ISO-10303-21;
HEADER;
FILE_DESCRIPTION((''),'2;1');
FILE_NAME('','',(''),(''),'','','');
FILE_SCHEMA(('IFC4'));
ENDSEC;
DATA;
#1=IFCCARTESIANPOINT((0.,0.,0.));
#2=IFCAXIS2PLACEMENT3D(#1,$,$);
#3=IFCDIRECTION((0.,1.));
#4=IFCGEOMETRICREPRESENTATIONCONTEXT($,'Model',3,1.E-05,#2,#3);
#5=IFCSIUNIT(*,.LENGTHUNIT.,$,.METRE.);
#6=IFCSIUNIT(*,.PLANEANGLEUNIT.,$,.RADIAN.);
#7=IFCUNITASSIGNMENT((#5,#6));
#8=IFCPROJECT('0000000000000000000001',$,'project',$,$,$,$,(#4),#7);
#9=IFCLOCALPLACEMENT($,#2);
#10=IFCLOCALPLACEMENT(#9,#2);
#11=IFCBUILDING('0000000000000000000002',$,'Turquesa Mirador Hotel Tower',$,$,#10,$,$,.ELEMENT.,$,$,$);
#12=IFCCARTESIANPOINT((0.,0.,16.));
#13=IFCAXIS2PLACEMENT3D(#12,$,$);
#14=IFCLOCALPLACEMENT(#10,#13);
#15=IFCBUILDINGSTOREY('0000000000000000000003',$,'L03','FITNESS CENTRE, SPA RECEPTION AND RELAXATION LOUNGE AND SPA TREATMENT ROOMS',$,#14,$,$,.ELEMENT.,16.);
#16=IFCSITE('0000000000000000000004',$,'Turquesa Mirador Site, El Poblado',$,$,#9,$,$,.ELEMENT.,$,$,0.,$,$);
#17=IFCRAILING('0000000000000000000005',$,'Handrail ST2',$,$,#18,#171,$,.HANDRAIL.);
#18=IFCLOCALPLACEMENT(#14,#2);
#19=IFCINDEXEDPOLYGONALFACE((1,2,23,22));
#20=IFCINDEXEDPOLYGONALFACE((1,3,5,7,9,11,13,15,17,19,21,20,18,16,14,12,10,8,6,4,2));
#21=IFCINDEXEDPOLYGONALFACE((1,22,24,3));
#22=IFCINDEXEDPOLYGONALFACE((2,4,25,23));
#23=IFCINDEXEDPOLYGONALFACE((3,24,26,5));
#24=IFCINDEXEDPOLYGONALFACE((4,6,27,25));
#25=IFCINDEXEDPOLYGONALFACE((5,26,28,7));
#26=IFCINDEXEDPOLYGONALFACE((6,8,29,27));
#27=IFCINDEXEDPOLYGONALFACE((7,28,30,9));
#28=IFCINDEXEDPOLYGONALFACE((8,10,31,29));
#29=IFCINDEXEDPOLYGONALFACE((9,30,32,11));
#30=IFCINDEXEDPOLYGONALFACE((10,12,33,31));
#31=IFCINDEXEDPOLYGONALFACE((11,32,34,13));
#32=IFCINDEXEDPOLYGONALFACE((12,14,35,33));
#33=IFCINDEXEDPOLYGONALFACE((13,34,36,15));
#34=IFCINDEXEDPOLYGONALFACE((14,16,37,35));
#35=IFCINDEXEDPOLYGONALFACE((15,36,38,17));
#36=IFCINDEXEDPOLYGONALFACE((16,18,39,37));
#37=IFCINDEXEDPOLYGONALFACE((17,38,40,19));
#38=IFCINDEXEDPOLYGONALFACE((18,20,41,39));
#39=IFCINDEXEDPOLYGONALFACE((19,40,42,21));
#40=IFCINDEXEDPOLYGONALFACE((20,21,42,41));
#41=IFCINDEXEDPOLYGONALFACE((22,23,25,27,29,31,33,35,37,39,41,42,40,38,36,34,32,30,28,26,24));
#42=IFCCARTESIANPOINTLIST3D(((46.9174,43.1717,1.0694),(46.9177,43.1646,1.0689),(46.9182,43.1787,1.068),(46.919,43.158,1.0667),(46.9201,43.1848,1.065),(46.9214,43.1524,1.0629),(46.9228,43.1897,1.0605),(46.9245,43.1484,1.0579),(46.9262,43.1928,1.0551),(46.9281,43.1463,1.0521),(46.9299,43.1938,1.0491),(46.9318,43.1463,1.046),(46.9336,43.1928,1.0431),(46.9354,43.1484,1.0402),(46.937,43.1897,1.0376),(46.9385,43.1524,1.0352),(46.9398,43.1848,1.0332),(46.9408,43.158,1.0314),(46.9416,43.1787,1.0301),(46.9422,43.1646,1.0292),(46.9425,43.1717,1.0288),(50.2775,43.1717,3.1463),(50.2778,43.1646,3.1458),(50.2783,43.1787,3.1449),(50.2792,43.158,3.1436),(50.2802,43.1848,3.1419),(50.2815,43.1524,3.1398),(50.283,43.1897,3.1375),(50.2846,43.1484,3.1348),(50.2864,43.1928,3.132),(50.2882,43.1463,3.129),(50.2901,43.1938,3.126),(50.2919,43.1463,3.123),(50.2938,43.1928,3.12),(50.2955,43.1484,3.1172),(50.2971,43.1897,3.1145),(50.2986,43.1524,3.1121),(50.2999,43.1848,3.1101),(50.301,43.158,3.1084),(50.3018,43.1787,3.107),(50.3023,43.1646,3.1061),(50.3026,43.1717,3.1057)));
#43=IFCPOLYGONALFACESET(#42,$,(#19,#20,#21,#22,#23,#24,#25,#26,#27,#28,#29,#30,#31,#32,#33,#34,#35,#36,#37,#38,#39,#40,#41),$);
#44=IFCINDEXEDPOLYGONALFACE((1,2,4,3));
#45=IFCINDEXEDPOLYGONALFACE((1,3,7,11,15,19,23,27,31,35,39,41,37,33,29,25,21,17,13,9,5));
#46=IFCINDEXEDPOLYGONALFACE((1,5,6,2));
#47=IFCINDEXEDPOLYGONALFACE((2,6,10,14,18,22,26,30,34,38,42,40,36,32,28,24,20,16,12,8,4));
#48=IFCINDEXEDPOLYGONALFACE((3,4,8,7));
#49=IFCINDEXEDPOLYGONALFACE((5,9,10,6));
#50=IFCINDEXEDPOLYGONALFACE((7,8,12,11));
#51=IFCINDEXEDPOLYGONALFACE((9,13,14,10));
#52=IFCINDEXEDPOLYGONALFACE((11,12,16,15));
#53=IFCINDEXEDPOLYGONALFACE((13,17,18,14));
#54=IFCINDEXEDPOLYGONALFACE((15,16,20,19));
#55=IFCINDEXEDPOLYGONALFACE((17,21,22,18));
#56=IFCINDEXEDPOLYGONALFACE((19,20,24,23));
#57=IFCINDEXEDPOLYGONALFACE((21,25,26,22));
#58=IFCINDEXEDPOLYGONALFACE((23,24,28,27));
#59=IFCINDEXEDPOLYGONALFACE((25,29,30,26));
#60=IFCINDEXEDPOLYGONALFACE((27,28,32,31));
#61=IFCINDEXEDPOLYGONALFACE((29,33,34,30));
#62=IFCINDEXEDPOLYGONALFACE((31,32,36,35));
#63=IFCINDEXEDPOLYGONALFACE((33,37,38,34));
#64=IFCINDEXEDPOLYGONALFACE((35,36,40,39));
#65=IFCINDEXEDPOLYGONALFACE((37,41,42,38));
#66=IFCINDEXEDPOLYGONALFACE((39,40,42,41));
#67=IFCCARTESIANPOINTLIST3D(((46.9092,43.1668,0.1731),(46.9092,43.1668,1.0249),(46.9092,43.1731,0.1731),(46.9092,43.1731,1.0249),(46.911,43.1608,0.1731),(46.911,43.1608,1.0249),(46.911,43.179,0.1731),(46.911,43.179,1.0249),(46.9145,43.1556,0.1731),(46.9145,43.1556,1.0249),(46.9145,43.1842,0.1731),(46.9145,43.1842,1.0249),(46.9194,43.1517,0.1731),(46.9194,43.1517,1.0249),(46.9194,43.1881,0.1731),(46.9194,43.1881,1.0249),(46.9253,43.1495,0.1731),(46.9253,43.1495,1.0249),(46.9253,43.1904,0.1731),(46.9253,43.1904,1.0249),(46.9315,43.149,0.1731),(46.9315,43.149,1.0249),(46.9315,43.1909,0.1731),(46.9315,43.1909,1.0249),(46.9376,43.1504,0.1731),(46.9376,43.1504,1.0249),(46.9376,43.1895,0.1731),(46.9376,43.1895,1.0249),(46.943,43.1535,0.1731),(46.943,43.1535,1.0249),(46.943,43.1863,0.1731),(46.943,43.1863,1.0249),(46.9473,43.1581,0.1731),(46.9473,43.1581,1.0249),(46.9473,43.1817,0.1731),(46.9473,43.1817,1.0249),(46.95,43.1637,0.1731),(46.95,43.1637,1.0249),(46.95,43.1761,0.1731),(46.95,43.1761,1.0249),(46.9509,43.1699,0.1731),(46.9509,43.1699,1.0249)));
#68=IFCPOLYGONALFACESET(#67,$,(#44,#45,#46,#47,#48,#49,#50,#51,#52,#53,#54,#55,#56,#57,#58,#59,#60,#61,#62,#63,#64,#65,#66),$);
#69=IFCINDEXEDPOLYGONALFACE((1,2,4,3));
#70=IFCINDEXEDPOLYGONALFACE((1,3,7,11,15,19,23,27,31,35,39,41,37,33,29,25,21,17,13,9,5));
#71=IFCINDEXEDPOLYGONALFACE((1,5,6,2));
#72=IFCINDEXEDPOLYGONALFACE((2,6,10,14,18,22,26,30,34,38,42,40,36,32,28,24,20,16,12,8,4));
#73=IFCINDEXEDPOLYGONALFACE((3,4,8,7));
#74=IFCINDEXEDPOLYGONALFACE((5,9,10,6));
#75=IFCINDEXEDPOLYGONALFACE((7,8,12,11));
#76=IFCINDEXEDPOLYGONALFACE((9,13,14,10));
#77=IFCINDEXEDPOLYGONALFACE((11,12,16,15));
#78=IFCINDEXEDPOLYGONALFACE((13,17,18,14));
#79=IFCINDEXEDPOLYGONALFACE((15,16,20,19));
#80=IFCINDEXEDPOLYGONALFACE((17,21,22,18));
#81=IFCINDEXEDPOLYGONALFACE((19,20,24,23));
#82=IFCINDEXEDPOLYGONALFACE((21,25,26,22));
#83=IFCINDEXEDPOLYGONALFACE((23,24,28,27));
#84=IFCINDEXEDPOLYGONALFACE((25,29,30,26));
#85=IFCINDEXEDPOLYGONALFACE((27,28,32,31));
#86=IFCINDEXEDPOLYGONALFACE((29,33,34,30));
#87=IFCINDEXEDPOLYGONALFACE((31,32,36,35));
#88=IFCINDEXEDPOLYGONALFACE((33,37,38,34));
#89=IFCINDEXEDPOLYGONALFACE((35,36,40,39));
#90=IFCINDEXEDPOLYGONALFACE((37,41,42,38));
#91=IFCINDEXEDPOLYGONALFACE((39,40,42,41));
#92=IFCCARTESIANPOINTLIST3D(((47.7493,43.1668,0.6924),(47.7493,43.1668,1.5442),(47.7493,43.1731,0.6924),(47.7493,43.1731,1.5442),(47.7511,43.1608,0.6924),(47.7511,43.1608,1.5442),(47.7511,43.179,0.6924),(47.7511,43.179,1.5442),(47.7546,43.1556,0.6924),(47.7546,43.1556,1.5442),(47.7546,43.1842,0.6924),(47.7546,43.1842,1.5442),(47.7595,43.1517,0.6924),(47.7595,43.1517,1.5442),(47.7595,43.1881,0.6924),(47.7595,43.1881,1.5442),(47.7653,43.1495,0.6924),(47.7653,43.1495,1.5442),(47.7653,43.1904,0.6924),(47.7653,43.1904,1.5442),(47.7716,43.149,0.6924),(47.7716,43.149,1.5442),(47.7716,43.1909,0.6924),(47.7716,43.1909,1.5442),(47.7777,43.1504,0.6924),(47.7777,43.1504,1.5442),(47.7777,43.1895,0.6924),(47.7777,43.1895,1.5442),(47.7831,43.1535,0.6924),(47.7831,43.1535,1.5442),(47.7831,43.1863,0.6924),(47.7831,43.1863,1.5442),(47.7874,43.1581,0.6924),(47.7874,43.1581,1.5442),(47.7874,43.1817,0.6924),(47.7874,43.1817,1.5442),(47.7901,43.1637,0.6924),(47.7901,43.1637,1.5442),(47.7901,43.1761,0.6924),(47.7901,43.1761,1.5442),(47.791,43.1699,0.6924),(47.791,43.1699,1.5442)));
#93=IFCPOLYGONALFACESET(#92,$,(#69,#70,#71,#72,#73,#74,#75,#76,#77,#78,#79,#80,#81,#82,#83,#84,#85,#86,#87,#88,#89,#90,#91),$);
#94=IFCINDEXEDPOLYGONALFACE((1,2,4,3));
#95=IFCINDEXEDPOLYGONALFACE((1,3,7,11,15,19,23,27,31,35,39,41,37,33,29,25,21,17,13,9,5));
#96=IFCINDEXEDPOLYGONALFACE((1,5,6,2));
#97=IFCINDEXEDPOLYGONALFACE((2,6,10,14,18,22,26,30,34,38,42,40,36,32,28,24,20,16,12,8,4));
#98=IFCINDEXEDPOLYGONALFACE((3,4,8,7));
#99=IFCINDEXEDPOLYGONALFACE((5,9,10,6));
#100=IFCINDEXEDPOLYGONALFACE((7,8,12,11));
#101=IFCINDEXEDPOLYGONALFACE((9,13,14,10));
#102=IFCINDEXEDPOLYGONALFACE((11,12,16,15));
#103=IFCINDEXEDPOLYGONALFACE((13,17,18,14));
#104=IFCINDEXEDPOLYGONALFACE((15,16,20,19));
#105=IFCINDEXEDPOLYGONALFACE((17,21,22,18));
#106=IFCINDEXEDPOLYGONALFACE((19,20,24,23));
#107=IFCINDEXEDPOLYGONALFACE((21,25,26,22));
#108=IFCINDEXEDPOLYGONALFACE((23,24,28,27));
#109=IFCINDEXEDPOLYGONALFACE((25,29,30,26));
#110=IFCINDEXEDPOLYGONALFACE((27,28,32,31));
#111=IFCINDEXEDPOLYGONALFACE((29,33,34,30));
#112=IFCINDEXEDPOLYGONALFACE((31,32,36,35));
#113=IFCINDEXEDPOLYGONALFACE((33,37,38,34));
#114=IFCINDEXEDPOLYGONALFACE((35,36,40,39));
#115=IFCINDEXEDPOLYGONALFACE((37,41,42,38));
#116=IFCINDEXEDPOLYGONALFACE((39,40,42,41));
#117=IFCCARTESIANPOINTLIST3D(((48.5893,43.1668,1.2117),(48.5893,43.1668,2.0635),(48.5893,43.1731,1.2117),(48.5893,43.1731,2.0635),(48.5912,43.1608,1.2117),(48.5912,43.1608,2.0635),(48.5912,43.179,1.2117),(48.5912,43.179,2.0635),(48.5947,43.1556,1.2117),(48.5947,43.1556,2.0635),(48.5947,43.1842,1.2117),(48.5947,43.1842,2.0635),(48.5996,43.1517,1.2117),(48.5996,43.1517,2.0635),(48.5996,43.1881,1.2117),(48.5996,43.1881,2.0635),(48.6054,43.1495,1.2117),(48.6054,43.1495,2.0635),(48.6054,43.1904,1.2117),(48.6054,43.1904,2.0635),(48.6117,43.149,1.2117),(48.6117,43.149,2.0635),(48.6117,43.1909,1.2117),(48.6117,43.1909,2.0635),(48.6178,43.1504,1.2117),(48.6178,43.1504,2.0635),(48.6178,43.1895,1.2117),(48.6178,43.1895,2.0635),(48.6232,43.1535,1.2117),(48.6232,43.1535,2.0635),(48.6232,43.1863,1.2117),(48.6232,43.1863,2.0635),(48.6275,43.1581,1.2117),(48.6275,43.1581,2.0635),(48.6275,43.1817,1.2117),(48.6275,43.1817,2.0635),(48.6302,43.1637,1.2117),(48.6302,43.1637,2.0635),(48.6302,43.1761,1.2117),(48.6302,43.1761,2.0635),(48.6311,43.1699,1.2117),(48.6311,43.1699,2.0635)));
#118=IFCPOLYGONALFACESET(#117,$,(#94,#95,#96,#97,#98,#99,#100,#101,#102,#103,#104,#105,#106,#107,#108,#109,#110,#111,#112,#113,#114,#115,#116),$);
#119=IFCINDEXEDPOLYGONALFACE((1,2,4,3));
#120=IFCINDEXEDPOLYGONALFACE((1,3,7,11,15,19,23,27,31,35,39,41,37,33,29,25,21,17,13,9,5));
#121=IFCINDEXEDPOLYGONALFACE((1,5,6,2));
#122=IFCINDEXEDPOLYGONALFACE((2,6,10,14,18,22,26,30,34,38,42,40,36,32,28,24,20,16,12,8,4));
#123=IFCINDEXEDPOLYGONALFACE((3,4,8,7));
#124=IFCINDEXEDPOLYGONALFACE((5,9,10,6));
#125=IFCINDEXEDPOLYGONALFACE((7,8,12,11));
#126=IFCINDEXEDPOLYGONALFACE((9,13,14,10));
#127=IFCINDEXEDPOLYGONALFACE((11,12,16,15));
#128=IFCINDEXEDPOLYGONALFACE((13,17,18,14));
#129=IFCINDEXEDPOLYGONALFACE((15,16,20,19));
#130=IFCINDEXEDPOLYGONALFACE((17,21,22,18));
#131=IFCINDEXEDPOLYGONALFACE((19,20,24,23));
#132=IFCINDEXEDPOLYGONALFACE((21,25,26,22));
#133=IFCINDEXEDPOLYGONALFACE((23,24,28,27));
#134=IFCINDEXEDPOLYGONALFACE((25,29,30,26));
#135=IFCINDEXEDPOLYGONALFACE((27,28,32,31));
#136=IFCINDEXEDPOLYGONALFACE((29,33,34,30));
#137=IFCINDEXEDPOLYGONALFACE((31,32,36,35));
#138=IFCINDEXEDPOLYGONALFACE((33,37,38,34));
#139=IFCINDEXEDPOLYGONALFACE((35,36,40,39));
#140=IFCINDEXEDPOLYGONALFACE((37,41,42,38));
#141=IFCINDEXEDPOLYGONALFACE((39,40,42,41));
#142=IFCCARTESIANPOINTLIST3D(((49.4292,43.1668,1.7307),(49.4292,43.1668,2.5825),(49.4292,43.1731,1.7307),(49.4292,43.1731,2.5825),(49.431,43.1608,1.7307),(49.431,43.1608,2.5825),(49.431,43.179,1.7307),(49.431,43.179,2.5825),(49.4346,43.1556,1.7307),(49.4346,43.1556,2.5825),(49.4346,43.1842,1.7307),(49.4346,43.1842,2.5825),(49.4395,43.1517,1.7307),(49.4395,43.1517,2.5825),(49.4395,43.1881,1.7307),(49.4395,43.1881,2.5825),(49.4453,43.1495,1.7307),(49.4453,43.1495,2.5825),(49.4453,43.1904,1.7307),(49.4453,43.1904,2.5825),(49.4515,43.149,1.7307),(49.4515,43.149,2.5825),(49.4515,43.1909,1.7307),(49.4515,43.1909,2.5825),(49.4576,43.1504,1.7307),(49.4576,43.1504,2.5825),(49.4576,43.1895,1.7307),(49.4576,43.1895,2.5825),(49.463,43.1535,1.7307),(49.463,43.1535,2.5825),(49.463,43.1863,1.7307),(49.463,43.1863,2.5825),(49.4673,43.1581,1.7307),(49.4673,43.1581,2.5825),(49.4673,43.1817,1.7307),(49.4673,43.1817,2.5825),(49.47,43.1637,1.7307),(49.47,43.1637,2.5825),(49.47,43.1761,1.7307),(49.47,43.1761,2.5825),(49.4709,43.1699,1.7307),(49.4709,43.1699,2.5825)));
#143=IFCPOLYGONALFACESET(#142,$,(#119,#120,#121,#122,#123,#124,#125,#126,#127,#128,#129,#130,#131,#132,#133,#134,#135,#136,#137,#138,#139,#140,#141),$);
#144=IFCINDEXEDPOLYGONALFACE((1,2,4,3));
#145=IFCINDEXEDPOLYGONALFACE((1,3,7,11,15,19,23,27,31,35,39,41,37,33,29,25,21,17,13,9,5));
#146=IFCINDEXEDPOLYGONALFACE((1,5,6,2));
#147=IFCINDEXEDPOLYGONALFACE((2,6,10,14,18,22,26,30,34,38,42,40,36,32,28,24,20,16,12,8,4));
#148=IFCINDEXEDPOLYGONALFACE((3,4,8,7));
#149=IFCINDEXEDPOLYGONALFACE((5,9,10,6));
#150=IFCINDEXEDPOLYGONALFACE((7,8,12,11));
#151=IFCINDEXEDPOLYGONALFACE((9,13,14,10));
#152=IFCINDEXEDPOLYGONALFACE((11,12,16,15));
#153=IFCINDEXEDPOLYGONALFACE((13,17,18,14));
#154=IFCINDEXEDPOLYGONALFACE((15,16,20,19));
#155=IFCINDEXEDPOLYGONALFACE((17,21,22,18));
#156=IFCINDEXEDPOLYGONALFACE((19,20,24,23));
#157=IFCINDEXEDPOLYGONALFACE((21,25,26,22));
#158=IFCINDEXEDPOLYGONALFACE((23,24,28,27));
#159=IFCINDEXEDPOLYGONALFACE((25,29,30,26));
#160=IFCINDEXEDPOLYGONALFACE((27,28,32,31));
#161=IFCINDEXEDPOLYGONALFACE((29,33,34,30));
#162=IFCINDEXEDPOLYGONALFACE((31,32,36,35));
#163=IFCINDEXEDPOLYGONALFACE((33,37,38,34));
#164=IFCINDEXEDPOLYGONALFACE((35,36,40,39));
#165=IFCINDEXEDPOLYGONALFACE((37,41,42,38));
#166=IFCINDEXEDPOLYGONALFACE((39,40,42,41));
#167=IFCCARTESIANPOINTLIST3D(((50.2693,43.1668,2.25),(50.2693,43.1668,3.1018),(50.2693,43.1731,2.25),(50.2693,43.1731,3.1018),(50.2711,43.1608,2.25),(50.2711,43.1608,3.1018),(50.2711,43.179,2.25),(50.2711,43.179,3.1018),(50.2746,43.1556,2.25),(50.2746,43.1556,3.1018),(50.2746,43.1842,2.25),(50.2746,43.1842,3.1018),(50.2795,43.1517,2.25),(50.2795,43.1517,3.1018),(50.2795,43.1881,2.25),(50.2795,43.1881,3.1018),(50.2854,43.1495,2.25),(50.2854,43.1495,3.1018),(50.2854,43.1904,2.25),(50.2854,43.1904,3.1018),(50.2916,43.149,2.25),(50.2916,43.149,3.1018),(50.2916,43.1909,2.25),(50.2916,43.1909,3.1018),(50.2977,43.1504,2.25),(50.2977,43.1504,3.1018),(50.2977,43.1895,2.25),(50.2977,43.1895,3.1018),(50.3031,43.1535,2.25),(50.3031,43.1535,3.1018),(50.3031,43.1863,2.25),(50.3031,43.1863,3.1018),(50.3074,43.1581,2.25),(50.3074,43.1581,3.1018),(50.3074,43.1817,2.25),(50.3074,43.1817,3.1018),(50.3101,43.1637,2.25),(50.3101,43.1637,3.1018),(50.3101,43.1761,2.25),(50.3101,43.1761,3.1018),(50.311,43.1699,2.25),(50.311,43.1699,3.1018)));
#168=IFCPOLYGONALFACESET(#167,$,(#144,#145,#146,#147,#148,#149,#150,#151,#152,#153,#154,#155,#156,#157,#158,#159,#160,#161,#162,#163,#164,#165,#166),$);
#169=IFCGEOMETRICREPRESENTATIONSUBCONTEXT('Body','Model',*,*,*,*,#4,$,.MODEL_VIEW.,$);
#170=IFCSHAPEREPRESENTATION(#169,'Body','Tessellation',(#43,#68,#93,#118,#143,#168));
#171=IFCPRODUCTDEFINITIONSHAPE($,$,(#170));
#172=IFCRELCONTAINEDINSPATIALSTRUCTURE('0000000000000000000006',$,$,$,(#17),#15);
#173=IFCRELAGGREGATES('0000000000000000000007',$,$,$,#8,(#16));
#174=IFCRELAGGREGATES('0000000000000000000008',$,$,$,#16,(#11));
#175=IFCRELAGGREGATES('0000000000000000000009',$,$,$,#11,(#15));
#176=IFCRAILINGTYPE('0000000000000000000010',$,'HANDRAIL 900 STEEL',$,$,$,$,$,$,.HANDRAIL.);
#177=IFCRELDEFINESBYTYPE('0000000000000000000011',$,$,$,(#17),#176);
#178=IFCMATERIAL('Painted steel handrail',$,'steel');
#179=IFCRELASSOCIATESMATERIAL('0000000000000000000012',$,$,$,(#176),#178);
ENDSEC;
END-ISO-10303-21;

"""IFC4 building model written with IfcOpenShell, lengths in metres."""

from ifc_helpers import new_model, si_unit, direction, frame, origin, origin_2d, place, context, subcontext, project, spatial, circle, extrude, material, type_object, element, save


model = new_model("IFC4")

# Units and contexts
model_context = context("Model", 3, precision=1e-05, world=origin(), true_north=direction((0.0, 1.0)))
body_context = subcontext(model_context, "Body", "Model", "MODEL_VIEW")
ifc_project = project(units=[si_unit("LENGTHUNIT", "METRE"), si_unit("PLANEANGLEUNIT", "RADIAN")], contexts=[model_context])

# Site, building, storey
site_placement = place(None, origin())
site = spatial("IfcSite", under=ifc_project, at=site_placement, Name="Turquesa Mirador Site, El Poblado", CompositionType="ELEMENT", RefElevation=0.0)
building_placement = place(site_placement, origin())
building = spatial("IfcBuilding", under=site, at=building_placement, Name="Turquesa Mirador Hotel Tower", CompositionType="ELEMENT")
storey_placement = place(building_placement, frame((0.0, 0.0, 16.0)))
storey = spatial("IfcBuildingStorey", under=building, at=storey_placement, Name="L03", Description="FITNESS CENTRE, SPA RECEPTION AND RELAXATION LOUNGE AND SPA TREATMENT ROOMS", CompositionType="ELEMENT", Elevation=16.0)

# Railing
ifc_material_1 = material(Name="Painted steel handrail", Category="steel")
railing_type = type_object("IfcRailingType", Name="HANDRAIL 900 STEEL", PredefinedType="HANDRAIL", material=ifc_material_1)
for number, where, name in (
    (1, (46.9299, 43.1699, 0.1731), "Handrail ST2"),
):
    element("IfcRailing", number, at=place(storey_placement, frame(where)), inside=storey, type_object=railing_type, Name=name, PredefinedType="HANDRAIL", context=body_context, shape_type="SweptSolid", body=[
        extrude(circle(Radius=0.0239, at=origin_2d()), frame((0.0, 0.0, 0.876), z_axis=(0.850623, 0.0, 0.525776), x_axis=(0.0, 1.0, 0.0)), (0.0, 0.0, 1.0), 3.9502),
        extrude(circle(Radius=0.021, at=origin_2d()), origin(), (0.0, 0.0, 1.0), 0.8518),
        extrude(circle(Radius=0.021, at=origin_2d()), frame((0.8401, 0.0, 0.5193)), (0.0, 0.0, 1.0), 0.8518),
        extrude(circle(Radius=0.021, at=origin_2d()), frame((1.6802, 0.0, 1.0386)), (0.0, 0.0, 1.0), 0.8518),
        extrude(circle(Radius=0.021, at=origin_2d()), frame((2.52, 0.0, 1.5576)), (0.0, 0.0, 1.0), 0.8518),
        extrude(circle(Radius=0.021, at=origin_2d()), frame((3.3601, 0.0, 2.0769)), (0.0, 0.0, 1.0), 0.8518),
    ])

save(model, "model.ifc")
